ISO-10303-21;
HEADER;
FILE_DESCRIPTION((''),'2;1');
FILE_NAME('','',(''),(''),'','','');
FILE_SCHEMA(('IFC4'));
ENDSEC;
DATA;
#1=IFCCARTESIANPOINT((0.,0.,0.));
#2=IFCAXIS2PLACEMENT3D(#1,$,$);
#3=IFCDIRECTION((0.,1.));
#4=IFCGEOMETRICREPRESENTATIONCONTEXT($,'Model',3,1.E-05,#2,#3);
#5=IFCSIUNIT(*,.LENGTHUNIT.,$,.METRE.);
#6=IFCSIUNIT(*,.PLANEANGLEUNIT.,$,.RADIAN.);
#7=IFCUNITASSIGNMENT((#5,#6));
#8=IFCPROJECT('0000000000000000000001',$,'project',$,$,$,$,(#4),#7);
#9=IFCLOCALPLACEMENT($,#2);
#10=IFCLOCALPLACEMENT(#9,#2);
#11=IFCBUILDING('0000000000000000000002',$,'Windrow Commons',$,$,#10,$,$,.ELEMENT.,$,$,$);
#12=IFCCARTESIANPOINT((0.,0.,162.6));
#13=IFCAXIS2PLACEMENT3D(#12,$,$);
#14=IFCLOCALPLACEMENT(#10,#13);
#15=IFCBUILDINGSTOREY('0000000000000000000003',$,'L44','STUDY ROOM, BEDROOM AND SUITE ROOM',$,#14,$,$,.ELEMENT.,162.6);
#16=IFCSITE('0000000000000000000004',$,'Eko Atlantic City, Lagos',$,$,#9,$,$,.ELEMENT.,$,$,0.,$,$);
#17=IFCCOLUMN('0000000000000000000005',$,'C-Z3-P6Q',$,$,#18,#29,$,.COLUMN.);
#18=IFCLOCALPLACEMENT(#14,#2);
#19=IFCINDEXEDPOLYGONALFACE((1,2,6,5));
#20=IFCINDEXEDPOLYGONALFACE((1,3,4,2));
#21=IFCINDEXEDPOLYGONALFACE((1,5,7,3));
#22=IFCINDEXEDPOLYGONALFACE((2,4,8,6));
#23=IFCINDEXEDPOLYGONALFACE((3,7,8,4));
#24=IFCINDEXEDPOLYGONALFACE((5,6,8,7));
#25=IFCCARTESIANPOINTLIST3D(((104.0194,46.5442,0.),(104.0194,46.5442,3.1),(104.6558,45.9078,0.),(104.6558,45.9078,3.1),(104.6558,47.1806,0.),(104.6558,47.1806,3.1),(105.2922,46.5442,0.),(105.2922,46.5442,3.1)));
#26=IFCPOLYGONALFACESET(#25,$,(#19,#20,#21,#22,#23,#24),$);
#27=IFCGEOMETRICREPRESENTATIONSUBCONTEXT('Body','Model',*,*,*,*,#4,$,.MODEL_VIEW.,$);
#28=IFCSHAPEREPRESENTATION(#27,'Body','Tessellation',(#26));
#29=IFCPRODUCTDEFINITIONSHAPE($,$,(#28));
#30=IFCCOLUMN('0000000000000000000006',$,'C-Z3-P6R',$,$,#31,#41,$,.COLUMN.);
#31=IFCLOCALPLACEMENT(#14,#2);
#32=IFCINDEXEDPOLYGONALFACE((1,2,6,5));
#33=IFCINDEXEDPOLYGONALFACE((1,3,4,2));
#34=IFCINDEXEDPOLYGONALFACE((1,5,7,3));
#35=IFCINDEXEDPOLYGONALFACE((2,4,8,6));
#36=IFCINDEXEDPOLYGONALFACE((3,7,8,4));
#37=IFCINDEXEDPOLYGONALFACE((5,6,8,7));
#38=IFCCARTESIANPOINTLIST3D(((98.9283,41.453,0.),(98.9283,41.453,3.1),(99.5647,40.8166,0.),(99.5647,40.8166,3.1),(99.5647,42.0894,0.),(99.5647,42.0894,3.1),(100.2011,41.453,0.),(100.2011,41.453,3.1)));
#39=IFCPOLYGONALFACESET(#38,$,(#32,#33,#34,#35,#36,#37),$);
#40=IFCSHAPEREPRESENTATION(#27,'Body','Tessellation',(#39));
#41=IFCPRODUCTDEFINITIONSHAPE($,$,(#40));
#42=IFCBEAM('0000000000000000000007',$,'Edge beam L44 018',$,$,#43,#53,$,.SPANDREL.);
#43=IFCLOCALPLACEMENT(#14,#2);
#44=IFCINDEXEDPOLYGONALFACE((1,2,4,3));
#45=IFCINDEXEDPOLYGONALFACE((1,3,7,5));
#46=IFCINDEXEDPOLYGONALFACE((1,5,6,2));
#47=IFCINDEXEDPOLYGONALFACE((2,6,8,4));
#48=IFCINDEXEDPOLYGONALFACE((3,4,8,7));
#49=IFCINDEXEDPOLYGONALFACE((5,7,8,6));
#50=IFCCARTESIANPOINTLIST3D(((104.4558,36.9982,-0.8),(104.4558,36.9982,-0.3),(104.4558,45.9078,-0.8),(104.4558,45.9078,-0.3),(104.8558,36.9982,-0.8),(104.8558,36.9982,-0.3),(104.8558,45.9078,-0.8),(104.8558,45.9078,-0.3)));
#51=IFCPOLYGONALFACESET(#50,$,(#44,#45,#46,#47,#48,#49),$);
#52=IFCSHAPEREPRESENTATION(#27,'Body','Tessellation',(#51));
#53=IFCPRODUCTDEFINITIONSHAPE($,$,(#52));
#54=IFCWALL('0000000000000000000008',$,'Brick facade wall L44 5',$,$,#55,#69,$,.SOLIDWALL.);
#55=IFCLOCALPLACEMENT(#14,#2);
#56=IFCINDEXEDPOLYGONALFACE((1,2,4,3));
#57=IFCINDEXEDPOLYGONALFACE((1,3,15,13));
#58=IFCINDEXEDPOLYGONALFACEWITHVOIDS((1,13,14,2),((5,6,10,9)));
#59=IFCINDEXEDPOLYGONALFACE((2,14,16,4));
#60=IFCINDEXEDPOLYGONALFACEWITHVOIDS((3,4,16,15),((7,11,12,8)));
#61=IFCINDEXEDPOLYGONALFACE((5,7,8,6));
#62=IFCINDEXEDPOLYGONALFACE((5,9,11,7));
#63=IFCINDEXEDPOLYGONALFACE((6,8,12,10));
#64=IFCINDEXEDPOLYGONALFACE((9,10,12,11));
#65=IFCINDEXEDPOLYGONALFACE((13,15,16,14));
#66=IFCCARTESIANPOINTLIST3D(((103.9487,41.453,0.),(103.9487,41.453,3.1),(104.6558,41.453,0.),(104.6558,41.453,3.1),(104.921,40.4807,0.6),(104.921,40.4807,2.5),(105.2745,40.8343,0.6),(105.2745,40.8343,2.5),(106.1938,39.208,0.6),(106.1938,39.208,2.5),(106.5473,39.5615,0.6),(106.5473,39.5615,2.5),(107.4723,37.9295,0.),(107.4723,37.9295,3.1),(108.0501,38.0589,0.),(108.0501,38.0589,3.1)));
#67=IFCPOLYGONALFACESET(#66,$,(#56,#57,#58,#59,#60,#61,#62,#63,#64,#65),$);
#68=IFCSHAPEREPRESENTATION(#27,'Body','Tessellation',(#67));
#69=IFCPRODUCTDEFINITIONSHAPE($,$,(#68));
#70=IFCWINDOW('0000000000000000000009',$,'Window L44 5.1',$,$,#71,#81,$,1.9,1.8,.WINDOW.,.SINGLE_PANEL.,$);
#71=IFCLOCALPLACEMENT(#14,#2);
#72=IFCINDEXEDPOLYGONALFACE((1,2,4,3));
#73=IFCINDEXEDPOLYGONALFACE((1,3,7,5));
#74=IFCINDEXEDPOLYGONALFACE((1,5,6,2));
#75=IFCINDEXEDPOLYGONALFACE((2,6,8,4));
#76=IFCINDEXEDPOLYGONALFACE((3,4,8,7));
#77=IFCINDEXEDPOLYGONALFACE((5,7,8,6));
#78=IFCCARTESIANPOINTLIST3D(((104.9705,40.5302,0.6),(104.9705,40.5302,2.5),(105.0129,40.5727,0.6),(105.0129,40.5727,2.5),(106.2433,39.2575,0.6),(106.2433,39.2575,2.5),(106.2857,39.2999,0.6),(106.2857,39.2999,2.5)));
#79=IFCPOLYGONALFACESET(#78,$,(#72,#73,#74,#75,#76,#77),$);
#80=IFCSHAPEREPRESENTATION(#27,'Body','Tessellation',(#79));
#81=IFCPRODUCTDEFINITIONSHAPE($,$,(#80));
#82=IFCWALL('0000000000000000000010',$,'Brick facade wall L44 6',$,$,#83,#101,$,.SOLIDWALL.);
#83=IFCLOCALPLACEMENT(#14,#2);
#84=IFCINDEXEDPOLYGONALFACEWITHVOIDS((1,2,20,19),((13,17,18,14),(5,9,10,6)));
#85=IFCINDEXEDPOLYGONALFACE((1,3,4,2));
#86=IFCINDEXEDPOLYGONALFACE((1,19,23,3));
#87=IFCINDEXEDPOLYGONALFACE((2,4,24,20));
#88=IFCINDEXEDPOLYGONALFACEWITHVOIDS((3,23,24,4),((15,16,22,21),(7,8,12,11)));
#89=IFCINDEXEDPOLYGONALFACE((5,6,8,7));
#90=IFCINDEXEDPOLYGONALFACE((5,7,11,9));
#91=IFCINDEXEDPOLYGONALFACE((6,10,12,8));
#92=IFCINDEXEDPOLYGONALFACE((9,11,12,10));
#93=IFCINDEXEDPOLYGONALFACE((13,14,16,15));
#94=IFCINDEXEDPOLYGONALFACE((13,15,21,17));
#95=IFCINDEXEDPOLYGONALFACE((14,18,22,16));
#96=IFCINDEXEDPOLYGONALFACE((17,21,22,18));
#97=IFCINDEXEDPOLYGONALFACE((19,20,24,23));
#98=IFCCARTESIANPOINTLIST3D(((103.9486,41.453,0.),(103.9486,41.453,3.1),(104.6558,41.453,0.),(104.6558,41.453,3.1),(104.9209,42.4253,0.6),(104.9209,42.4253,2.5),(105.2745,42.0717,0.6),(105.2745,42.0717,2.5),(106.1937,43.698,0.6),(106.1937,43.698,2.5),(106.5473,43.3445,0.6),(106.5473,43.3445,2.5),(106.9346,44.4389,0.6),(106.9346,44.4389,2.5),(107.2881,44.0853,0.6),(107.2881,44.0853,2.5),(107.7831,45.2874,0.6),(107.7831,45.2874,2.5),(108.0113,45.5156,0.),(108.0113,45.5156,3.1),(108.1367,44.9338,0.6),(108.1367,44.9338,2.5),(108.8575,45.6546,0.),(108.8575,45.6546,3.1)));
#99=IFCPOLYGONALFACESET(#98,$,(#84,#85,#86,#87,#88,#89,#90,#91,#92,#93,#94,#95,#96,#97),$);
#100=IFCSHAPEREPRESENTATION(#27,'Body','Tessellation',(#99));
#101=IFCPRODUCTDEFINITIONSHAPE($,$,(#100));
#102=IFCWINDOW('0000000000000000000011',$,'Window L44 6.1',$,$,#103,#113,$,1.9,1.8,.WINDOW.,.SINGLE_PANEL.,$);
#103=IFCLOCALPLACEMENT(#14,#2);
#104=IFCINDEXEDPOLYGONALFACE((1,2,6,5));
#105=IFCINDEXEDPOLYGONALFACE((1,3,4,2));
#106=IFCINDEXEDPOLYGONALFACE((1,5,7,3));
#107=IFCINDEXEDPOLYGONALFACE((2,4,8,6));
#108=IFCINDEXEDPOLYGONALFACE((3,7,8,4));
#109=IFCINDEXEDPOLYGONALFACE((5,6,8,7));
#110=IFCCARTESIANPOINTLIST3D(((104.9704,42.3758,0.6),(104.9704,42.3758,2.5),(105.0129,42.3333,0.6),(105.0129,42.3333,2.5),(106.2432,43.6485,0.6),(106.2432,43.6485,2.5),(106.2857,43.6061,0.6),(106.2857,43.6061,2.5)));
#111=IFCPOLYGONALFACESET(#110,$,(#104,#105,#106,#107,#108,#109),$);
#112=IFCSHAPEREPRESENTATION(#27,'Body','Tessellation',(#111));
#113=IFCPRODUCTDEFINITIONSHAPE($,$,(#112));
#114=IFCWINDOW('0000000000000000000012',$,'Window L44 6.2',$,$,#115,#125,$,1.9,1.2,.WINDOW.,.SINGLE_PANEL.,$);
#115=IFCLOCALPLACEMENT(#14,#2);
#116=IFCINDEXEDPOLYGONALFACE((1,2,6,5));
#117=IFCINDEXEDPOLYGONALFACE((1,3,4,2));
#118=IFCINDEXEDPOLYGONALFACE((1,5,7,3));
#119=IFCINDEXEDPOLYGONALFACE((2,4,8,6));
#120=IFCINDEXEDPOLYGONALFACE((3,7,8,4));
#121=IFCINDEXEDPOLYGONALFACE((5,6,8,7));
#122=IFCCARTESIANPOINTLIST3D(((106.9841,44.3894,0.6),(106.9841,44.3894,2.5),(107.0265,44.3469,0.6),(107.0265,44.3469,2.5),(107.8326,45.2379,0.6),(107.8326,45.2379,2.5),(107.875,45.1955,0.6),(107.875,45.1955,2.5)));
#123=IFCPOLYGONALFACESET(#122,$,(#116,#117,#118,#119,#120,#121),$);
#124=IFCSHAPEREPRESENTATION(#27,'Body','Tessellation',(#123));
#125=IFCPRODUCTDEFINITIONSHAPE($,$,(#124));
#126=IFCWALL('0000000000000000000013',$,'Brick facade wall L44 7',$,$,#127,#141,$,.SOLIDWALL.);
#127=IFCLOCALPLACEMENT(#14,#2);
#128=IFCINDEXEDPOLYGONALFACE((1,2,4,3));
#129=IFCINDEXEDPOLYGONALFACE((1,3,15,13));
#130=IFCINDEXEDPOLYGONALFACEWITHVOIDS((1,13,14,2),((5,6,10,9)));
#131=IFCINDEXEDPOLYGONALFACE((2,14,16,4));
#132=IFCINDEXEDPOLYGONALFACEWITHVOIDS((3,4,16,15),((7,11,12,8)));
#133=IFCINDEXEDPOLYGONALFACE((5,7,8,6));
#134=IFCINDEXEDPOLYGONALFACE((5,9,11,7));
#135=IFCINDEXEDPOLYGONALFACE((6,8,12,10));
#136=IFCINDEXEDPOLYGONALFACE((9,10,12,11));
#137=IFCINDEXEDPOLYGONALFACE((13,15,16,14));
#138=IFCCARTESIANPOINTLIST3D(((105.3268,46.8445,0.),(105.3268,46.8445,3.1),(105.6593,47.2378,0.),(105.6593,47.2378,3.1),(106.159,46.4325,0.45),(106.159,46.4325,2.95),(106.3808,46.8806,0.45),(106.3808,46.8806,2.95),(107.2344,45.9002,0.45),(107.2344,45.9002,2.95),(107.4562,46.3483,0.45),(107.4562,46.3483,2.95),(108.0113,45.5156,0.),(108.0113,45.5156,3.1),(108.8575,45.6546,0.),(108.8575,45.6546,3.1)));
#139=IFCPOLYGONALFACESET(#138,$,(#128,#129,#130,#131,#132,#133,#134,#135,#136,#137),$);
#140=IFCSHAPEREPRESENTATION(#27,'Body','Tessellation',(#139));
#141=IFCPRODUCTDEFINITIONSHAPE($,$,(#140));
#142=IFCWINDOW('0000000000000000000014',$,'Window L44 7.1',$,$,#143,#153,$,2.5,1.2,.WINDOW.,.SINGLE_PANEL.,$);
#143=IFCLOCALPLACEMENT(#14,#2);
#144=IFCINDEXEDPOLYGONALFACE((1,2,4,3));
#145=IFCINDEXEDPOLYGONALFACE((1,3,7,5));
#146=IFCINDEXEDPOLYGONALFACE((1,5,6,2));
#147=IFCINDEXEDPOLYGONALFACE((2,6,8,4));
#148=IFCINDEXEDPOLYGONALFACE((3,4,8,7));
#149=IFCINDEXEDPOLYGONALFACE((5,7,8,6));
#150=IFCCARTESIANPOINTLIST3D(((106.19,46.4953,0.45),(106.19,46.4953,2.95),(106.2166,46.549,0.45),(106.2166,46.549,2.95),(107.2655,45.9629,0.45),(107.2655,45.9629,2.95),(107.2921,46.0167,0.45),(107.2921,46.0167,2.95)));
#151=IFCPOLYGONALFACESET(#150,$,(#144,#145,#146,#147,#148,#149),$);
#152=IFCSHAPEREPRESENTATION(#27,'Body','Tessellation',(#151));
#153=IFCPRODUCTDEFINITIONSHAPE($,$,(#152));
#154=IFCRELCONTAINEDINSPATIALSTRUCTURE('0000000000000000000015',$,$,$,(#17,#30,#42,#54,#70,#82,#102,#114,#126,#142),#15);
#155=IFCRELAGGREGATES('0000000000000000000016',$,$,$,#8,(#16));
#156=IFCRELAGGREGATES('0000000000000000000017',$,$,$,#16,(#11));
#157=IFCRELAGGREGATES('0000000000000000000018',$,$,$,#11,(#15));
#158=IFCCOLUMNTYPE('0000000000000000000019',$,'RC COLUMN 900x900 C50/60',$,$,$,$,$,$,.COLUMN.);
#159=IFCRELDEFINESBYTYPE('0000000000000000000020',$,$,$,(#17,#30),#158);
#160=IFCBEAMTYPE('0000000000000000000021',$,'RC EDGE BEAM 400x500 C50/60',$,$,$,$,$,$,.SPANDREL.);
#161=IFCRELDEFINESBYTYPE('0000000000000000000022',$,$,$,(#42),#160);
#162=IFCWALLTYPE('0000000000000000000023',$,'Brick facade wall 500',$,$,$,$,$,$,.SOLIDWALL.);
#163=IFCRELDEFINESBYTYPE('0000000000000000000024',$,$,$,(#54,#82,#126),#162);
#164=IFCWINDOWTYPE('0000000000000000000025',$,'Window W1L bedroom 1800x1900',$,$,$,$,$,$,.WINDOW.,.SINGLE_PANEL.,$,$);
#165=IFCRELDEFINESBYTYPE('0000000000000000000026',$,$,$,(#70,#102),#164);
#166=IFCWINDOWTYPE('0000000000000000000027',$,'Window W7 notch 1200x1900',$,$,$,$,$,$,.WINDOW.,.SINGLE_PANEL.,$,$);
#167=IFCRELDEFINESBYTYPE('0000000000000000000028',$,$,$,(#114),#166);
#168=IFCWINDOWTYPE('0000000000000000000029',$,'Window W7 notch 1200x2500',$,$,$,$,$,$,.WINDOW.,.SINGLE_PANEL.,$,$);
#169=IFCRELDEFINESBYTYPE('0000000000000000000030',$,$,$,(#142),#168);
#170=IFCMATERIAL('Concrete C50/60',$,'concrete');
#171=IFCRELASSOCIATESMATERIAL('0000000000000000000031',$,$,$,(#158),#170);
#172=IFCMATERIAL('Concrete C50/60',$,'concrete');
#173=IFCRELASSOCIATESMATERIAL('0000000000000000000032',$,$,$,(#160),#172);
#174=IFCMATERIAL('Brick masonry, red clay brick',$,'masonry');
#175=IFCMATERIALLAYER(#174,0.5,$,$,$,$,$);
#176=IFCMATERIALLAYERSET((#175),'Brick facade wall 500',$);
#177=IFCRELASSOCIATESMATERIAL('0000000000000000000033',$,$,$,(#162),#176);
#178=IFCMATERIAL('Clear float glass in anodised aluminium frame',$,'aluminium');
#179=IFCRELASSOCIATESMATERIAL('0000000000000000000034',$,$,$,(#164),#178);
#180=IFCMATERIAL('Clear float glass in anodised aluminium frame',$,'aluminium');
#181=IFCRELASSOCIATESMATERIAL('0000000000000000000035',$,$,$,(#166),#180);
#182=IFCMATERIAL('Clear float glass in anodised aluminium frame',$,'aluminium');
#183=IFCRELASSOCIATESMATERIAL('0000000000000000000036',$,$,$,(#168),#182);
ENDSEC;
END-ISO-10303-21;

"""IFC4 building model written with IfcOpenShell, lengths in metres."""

from ifc_helpers import new_model, si_unit, direction, frame, frame_2d, origin, origin_2d, place, context, subcontext, project, spatial, polyline, rectangle, outline, extrude, material, layer, layer_set, material_profile, profile_set, type_object, element, fill, save


model = new_model("IFC4")

# Units and contexts
model_context = context("Model", 3, precision=1e-05, world=origin(), true_north=direction((0.0, 1.0)))
body_context = subcontext(model_context, "Body", "Model", "MODEL_VIEW")
ifc_project = project(units=[si_unit("LENGTHUNIT", "METRE"), si_unit("PLANEANGLEUNIT", "RADIAN")], contexts=[model_context])

# Site, building, storey
site_placement = place(None, origin())
site = spatial("IfcSite", under=ifc_project, at=site_placement, Name="Eko Atlantic City, Lagos", CompositionType="ELEMENT", RefElevation=0.0)
building_placement = place(site_placement, origin())
building = spatial("IfcBuilding", under=site, at=building_placement, Name="Windrow Commons", CompositionType="ELEMENT")
storey_placement = place(building_placement, frame((0.0, 0.0, 162.6)))
storey = spatial("IfcBuildingStorey", under=building, at=storey_placement, Name="L44", Description="STUDY ROOM, BEDROOM AND SUITE ROOM", CompositionType="ELEMENT", Elevation=162.6)

# Columns
ifc_material_1 = material(Name="Concrete C50/60", Category="concrete")
ifc_material_profile_1 = material_profile(ifc_material_1, rectangle(XDim=0.9, YDim=0.9, at=origin_2d()))
ifc_profile_set_1 = profile_set([ifc_material_profile_1], Name="Concrete C50/60")
column_type = type_object("IfcColumnType", Name="RC COLUMN 900x900 C50/60", PredefinedType="COLUMN", material=ifc_profile_set_1)
for number, where, z_axis, x_axis, name in (
    (1, (104.6558, 46.5442, 0.0), (0.0, 0.0, 1.0), (0.707107, -0.707107, 0.0), "C-Z3-P6Q"),
    (2, (99.5647, 41.453, 0.0), (0.0, 0.0, 1.0), (0.707107, -0.707107, 0.0), "C-Z3-P6R"),
):
    element("IfcColumn", number, at=place(storey_placement, frame(where, z_axis=z_axis, x_axis=x_axis)), inside=storey, type_object=column_type, Name=name, PredefinedType="COLUMN", context=body_context, shape_type="SweptSolid", body=[
        extrude(rectangle(XDim=0.9, YDim=0.9, at=origin_2d()), origin(), (0.0, 0.0, 1.0), 3.1),
    ])

# Beam
ifc_material_2 = material(Name="Concrete C50/60", Category="concrete")
ifc_material_profile_2 = material_profile(ifc_material_2, rectangle(XDim=0.4, YDim=0.5, at=origin_2d()))
ifc_profile_set_2 = profile_set([ifc_material_profile_2], Name="Concrete C50/60")
beam_type = type_object("IfcBeamType", Name="RC EDGE BEAM 400x500 C50/60", PredefinedType="SPANDREL", material=ifc_profile_set_2)
beam_placement = place(storey_placement, frame((104.6558, 45.9078, -0.55), z_axis=(0.0, -1.0, 0.0), x_axis=(1.0, 0.0, 0.0)))
element("IfcBeam", 3, at=beam_placement, inside=storey, type_object=beam_type, Name="Edge beam L44 018", PredefinedType="SPANDREL", context=body_context, shape_type="SweptSolid", body=[
    extrude(rectangle(XDim=0.4, YDim=0.5, at=origin_2d()), origin(), (0.0, 0.0, 1.0), 8.9096),
])

# Wall, opening, window
ifc_material_3 = material(Name="Brick masonry, red clay brick", Category="masonry")
ifc_layer_1 = layer(ifc_material_3, 0.5)
ifc_layer_set_1 = layer_set([ifc_layer_1], Name="Brick facade wall 500")
wall_type_1 = type_object("IfcWallType", Name="Brick facade wall 500", PredefinedType="SOLIDWALL", material=ifc_layer_set_1)
wall_1_placement = place(storey_placement, frame((107.7612, 37.9942, 0.0), z_axis=(0.0, 0.0, 1.0), x_axis=(-0.707127, 0.707086, 0.0)))
wall_1 = element("IfcWall", 4, at=wall_1_placement, inside=storey, type_object=wall_type_1, Name="Brick facade wall L44 5", PredefinedType="SOLIDWALL", context=body_context, shape_type="SweptSolid", body=[
    extrude(outline(polyline([(-0.1585, -0.25), (4.6416, -0.25), (5.1416, 0.25), (0.1585, 0.25), (-0.1585, -0.25)])), origin(), (0.0, 0.0, 1.0), 3.1),
])
opening_1_placement = place(wall_1_placement, frame((1.9666, 0.0, 0.6)))
opening_1 = element("IfcOpeningElement", 5, at=opening_1_placement, cuts=wall_1, PredefinedType="OPENING", context=body_context, shape_type="SweptSolid", body=[
    extrude(rectangle(XDim=1.8, YDim=1.9, at=frame_2d((0.9, 0.95))), frame((0.0, 0.26, 0.0), z_axis=(0.0, -1.0, 0.0), x_axis=(1.0, 0.0, 0.0)), (0.0, 0.0, 1.0), 0.52),
])
ifc_material_4 = material(Name="Clear float glass in anodised aluminium frame", Category="aluminium")
window_type_1 = type_object("IfcWindowType", Name="Window W1L bedroom 1800x1900", PartitioningType="SINGLE_PANEL", PredefinedType="WINDOW", material=ifc_material_4)
window_1_placement = place(opening_1_placement, origin())
window_1 = element("IfcWindow", 6, at=window_1_placement, inside=storey, type_object=window_type_1, Name="Window L44 5.1", OverallHeight=1.9, OverallWidth=1.8, PartitioningType="SINGLE_PANEL", PredefinedType="WINDOW", context=body_context, shape_type="SweptSolid", body=[
    extrude(rectangle(XDim=1.8, YDim=1.9, at=frame_2d((0.9, 0.95))), frame((0.0, 0.18, 0.0), z_axis=(0.0, -1.0, 0.0), x_axis=(1.0, 0.0, 0.0)), (0.0, 0.0, 1.0), 0.06),
])
fill(opening_1, window_1)

# Wall, openings, windows
wall_2_placement = place(storey_placement, frame((104.3022, 41.453, 0.0), z_axis=(0.0, 0.0, 1.0), x_axis=(0.707115, 0.707098, 0.0)))
wall_2 = element("IfcWall", 7, at=wall_2_placement, inside=storey, type_object=wall_type_1, Name="Brick facade wall L44 6", PredefinedType="SOLIDWALL", context=body_context, shape_type="SweptSolid", body=[
    extrude(outline(polyline([(0.25, -0.25), (6.1921, -0.25), (5.4954, 0.25), (-0.25, 0.25), (0.25, -0.25)])), origin(), (0.0, 0.0, 1.0), 3.1),
])
opening_2_placement = place(wall_2_placement, frame((1.125, 0.0, 0.6)))
opening_2 = element("IfcOpeningElement", 8, at=opening_2_placement, cuts=wall_2, PredefinedType="OPENING", context=body_context, shape_type="SweptSolid", body=[
    extrude(rectangle(XDim=1.8, YDim=1.9, at=frame_2d((0.9, 0.95))), frame((0.0, 0.26, 0.0), z_axis=(0.0, -1.0, 0.0), x_axis=(1.0, 0.0, 0.0)), (0.0, 0.0, 1.0), 0.52),
])
opening_3_placement = place(wall_2_placement, frame((3.9727, 0.0, 0.6)))
opening_3 = element("IfcOpeningElement", 9, at=opening_3_placement, cuts=wall_2, PredefinedType="OPENING", context=body_context, shape_type="SweptSolid", body=[
    extrude(rectangle(XDim=1.2, YDim=1.9, at=frame_2d((0.6, 0.95))), frame((0.0, 0.26, 0.0), z_axis=(0.0, -1.0, 0.0), x_axis=(1.0, 0.0, 0.0)), (0.0, 0.0, 1.0), 0.52),
])
window_2_placement = place(opening_2_placement, origin())
window_2 = element("IfcWindow", 10, at=window_2_placement, inside=storey, type_object=window_type_1, Name="Window L44 6.1", OverallHeight=1.9, OverallWidth=1.8, PartitioningType="SINGLE_PANEL", PredefinedType="WINDOW", context=body_context, shape_type="SweptSolid", body=[
    extrude(rectangle(XDim=1.8, YDim=1.9, at=frame_2d((0.9, 0.95))), frame((0.0, 0.18, 0.0), z_axis=(0.0, -1.0, 0.0), x_axis=(1.0, 0.0, 0.0)), (0.0, 0.0, 1.0), 0.06),
])
fill(opening_2, window_2)
ifc_material_5 = material(Name="Clear float glass in anodised aluminium frame", Category="aluminium")
window_type_2 = type_object("IfcWindowType", Name="Window W7 notch 1200x1900", PartitioningType="SINGLE_PANEL", PredefinedType="WINDOW", material=ifc_material_5)
window_3_placement = place(opening_3_placement, origin())
window_3 = element("IfcWindow", 11, at=window_3_placement, inside=storey, type_object=window_type_2, Name="Window L44 6.2", OverallHeight=1.9, OverallWidth=1.2, PartitioningType="SINGLE_PANEL", PredefinedType="WINDOW", context=body_context, shape_type="SweptSolid", body=[
    extrude(rectangle(XDim=1.2, YDim=1.9, at=frame_2d((0.6, 0.95))), frame((0.0, 0.18, 0.0), z_axis=(0.0, -1.0, 0.0), x_axis=(1.0, 0.0, 0.0)), (0.0, 0.0, 1.0), 0.06),
])
fill(opening_3, window_3)

# Wall, opening, window
wall_3_placement = place(storey_placement, frame((108.4344, 45.5851, 0.0), z_axis=(0.0, 0.0, 1.0), x_axis=(-0.896206, 0.443639, 0.0)))
wall_3 = element("IfcWall", 12, at=wall_3_placement, inside=storey, type_object=wall_type_1, Name="Brick facade wall L44 7", PredefinedType="SOLIDWALL", context=body_context, shape_type="SweptSolid", body=[
    extrude(outline(polyline([(-0.3483, -0.25), (3.2202, -0.25), (3.3438, 0.25), (0.3483, 0.25), (-0.3483, -0.25)])), origin(), (0.0, 0.0, 1.0), 3.1),
])
opening_4_placement = place(wall_3_placement, frame((1.2152, 0.0, 0.45)))
opening_4 = element("IfcOpeningElement", 13, at=opening_4_placement, cuts=wall_3, PredefinedType="OPENING", context=body_context, shape_type="SweptSolid", body=[
    extrude(rectangle(XDim=1.2, YDim=2.5, at=frame_2d((0.6, 1.25))), frame((0.0, 0.26, 0.0), z_axis=(0.0, -1.0, 0.0), x_axis=(1.0, 0.0, 0.0)), (0.0, 0.0, 1.0), 0.52),
])
ifc_material_6 = material(Name="Clear float glass in anodised aluminium frame", Category="aluminium")
window_type_3 = type_object("IfcWindowType", Name="Window W7 notch 1200x2500", PartitioningType="SINGLE_PANEL", PredefinedType="WINDOW", material=ifc_material_6)
window_4_placement = place(opening_4_placement, origin())
window_4 = element("IfcWindow", 14, at=window_4_placement, inside=storey, type_object=window_type_3, Name="Window L44 7.1", OverallHeight=2.5, OverallWidth=1.2, PartitioningType="SINGLE_PANEL", PredefinedType="WINDOW", context=body_context, shape_type="SweptSolid", body=[
    extrude(rectangle(XDim=1.2, YDim=2.5, at=frame_2d((0.6, 1.25))), frame((0.0, 0.18, 0.0), z_axis=(0.0, -1.0, 0.0), x_axis=(1.0, 0.0, 0.0)), (0.0, 0.0, 1.0), 0.06),
])
fill(opening_4, window_4)

save(model, "model.ifc")
